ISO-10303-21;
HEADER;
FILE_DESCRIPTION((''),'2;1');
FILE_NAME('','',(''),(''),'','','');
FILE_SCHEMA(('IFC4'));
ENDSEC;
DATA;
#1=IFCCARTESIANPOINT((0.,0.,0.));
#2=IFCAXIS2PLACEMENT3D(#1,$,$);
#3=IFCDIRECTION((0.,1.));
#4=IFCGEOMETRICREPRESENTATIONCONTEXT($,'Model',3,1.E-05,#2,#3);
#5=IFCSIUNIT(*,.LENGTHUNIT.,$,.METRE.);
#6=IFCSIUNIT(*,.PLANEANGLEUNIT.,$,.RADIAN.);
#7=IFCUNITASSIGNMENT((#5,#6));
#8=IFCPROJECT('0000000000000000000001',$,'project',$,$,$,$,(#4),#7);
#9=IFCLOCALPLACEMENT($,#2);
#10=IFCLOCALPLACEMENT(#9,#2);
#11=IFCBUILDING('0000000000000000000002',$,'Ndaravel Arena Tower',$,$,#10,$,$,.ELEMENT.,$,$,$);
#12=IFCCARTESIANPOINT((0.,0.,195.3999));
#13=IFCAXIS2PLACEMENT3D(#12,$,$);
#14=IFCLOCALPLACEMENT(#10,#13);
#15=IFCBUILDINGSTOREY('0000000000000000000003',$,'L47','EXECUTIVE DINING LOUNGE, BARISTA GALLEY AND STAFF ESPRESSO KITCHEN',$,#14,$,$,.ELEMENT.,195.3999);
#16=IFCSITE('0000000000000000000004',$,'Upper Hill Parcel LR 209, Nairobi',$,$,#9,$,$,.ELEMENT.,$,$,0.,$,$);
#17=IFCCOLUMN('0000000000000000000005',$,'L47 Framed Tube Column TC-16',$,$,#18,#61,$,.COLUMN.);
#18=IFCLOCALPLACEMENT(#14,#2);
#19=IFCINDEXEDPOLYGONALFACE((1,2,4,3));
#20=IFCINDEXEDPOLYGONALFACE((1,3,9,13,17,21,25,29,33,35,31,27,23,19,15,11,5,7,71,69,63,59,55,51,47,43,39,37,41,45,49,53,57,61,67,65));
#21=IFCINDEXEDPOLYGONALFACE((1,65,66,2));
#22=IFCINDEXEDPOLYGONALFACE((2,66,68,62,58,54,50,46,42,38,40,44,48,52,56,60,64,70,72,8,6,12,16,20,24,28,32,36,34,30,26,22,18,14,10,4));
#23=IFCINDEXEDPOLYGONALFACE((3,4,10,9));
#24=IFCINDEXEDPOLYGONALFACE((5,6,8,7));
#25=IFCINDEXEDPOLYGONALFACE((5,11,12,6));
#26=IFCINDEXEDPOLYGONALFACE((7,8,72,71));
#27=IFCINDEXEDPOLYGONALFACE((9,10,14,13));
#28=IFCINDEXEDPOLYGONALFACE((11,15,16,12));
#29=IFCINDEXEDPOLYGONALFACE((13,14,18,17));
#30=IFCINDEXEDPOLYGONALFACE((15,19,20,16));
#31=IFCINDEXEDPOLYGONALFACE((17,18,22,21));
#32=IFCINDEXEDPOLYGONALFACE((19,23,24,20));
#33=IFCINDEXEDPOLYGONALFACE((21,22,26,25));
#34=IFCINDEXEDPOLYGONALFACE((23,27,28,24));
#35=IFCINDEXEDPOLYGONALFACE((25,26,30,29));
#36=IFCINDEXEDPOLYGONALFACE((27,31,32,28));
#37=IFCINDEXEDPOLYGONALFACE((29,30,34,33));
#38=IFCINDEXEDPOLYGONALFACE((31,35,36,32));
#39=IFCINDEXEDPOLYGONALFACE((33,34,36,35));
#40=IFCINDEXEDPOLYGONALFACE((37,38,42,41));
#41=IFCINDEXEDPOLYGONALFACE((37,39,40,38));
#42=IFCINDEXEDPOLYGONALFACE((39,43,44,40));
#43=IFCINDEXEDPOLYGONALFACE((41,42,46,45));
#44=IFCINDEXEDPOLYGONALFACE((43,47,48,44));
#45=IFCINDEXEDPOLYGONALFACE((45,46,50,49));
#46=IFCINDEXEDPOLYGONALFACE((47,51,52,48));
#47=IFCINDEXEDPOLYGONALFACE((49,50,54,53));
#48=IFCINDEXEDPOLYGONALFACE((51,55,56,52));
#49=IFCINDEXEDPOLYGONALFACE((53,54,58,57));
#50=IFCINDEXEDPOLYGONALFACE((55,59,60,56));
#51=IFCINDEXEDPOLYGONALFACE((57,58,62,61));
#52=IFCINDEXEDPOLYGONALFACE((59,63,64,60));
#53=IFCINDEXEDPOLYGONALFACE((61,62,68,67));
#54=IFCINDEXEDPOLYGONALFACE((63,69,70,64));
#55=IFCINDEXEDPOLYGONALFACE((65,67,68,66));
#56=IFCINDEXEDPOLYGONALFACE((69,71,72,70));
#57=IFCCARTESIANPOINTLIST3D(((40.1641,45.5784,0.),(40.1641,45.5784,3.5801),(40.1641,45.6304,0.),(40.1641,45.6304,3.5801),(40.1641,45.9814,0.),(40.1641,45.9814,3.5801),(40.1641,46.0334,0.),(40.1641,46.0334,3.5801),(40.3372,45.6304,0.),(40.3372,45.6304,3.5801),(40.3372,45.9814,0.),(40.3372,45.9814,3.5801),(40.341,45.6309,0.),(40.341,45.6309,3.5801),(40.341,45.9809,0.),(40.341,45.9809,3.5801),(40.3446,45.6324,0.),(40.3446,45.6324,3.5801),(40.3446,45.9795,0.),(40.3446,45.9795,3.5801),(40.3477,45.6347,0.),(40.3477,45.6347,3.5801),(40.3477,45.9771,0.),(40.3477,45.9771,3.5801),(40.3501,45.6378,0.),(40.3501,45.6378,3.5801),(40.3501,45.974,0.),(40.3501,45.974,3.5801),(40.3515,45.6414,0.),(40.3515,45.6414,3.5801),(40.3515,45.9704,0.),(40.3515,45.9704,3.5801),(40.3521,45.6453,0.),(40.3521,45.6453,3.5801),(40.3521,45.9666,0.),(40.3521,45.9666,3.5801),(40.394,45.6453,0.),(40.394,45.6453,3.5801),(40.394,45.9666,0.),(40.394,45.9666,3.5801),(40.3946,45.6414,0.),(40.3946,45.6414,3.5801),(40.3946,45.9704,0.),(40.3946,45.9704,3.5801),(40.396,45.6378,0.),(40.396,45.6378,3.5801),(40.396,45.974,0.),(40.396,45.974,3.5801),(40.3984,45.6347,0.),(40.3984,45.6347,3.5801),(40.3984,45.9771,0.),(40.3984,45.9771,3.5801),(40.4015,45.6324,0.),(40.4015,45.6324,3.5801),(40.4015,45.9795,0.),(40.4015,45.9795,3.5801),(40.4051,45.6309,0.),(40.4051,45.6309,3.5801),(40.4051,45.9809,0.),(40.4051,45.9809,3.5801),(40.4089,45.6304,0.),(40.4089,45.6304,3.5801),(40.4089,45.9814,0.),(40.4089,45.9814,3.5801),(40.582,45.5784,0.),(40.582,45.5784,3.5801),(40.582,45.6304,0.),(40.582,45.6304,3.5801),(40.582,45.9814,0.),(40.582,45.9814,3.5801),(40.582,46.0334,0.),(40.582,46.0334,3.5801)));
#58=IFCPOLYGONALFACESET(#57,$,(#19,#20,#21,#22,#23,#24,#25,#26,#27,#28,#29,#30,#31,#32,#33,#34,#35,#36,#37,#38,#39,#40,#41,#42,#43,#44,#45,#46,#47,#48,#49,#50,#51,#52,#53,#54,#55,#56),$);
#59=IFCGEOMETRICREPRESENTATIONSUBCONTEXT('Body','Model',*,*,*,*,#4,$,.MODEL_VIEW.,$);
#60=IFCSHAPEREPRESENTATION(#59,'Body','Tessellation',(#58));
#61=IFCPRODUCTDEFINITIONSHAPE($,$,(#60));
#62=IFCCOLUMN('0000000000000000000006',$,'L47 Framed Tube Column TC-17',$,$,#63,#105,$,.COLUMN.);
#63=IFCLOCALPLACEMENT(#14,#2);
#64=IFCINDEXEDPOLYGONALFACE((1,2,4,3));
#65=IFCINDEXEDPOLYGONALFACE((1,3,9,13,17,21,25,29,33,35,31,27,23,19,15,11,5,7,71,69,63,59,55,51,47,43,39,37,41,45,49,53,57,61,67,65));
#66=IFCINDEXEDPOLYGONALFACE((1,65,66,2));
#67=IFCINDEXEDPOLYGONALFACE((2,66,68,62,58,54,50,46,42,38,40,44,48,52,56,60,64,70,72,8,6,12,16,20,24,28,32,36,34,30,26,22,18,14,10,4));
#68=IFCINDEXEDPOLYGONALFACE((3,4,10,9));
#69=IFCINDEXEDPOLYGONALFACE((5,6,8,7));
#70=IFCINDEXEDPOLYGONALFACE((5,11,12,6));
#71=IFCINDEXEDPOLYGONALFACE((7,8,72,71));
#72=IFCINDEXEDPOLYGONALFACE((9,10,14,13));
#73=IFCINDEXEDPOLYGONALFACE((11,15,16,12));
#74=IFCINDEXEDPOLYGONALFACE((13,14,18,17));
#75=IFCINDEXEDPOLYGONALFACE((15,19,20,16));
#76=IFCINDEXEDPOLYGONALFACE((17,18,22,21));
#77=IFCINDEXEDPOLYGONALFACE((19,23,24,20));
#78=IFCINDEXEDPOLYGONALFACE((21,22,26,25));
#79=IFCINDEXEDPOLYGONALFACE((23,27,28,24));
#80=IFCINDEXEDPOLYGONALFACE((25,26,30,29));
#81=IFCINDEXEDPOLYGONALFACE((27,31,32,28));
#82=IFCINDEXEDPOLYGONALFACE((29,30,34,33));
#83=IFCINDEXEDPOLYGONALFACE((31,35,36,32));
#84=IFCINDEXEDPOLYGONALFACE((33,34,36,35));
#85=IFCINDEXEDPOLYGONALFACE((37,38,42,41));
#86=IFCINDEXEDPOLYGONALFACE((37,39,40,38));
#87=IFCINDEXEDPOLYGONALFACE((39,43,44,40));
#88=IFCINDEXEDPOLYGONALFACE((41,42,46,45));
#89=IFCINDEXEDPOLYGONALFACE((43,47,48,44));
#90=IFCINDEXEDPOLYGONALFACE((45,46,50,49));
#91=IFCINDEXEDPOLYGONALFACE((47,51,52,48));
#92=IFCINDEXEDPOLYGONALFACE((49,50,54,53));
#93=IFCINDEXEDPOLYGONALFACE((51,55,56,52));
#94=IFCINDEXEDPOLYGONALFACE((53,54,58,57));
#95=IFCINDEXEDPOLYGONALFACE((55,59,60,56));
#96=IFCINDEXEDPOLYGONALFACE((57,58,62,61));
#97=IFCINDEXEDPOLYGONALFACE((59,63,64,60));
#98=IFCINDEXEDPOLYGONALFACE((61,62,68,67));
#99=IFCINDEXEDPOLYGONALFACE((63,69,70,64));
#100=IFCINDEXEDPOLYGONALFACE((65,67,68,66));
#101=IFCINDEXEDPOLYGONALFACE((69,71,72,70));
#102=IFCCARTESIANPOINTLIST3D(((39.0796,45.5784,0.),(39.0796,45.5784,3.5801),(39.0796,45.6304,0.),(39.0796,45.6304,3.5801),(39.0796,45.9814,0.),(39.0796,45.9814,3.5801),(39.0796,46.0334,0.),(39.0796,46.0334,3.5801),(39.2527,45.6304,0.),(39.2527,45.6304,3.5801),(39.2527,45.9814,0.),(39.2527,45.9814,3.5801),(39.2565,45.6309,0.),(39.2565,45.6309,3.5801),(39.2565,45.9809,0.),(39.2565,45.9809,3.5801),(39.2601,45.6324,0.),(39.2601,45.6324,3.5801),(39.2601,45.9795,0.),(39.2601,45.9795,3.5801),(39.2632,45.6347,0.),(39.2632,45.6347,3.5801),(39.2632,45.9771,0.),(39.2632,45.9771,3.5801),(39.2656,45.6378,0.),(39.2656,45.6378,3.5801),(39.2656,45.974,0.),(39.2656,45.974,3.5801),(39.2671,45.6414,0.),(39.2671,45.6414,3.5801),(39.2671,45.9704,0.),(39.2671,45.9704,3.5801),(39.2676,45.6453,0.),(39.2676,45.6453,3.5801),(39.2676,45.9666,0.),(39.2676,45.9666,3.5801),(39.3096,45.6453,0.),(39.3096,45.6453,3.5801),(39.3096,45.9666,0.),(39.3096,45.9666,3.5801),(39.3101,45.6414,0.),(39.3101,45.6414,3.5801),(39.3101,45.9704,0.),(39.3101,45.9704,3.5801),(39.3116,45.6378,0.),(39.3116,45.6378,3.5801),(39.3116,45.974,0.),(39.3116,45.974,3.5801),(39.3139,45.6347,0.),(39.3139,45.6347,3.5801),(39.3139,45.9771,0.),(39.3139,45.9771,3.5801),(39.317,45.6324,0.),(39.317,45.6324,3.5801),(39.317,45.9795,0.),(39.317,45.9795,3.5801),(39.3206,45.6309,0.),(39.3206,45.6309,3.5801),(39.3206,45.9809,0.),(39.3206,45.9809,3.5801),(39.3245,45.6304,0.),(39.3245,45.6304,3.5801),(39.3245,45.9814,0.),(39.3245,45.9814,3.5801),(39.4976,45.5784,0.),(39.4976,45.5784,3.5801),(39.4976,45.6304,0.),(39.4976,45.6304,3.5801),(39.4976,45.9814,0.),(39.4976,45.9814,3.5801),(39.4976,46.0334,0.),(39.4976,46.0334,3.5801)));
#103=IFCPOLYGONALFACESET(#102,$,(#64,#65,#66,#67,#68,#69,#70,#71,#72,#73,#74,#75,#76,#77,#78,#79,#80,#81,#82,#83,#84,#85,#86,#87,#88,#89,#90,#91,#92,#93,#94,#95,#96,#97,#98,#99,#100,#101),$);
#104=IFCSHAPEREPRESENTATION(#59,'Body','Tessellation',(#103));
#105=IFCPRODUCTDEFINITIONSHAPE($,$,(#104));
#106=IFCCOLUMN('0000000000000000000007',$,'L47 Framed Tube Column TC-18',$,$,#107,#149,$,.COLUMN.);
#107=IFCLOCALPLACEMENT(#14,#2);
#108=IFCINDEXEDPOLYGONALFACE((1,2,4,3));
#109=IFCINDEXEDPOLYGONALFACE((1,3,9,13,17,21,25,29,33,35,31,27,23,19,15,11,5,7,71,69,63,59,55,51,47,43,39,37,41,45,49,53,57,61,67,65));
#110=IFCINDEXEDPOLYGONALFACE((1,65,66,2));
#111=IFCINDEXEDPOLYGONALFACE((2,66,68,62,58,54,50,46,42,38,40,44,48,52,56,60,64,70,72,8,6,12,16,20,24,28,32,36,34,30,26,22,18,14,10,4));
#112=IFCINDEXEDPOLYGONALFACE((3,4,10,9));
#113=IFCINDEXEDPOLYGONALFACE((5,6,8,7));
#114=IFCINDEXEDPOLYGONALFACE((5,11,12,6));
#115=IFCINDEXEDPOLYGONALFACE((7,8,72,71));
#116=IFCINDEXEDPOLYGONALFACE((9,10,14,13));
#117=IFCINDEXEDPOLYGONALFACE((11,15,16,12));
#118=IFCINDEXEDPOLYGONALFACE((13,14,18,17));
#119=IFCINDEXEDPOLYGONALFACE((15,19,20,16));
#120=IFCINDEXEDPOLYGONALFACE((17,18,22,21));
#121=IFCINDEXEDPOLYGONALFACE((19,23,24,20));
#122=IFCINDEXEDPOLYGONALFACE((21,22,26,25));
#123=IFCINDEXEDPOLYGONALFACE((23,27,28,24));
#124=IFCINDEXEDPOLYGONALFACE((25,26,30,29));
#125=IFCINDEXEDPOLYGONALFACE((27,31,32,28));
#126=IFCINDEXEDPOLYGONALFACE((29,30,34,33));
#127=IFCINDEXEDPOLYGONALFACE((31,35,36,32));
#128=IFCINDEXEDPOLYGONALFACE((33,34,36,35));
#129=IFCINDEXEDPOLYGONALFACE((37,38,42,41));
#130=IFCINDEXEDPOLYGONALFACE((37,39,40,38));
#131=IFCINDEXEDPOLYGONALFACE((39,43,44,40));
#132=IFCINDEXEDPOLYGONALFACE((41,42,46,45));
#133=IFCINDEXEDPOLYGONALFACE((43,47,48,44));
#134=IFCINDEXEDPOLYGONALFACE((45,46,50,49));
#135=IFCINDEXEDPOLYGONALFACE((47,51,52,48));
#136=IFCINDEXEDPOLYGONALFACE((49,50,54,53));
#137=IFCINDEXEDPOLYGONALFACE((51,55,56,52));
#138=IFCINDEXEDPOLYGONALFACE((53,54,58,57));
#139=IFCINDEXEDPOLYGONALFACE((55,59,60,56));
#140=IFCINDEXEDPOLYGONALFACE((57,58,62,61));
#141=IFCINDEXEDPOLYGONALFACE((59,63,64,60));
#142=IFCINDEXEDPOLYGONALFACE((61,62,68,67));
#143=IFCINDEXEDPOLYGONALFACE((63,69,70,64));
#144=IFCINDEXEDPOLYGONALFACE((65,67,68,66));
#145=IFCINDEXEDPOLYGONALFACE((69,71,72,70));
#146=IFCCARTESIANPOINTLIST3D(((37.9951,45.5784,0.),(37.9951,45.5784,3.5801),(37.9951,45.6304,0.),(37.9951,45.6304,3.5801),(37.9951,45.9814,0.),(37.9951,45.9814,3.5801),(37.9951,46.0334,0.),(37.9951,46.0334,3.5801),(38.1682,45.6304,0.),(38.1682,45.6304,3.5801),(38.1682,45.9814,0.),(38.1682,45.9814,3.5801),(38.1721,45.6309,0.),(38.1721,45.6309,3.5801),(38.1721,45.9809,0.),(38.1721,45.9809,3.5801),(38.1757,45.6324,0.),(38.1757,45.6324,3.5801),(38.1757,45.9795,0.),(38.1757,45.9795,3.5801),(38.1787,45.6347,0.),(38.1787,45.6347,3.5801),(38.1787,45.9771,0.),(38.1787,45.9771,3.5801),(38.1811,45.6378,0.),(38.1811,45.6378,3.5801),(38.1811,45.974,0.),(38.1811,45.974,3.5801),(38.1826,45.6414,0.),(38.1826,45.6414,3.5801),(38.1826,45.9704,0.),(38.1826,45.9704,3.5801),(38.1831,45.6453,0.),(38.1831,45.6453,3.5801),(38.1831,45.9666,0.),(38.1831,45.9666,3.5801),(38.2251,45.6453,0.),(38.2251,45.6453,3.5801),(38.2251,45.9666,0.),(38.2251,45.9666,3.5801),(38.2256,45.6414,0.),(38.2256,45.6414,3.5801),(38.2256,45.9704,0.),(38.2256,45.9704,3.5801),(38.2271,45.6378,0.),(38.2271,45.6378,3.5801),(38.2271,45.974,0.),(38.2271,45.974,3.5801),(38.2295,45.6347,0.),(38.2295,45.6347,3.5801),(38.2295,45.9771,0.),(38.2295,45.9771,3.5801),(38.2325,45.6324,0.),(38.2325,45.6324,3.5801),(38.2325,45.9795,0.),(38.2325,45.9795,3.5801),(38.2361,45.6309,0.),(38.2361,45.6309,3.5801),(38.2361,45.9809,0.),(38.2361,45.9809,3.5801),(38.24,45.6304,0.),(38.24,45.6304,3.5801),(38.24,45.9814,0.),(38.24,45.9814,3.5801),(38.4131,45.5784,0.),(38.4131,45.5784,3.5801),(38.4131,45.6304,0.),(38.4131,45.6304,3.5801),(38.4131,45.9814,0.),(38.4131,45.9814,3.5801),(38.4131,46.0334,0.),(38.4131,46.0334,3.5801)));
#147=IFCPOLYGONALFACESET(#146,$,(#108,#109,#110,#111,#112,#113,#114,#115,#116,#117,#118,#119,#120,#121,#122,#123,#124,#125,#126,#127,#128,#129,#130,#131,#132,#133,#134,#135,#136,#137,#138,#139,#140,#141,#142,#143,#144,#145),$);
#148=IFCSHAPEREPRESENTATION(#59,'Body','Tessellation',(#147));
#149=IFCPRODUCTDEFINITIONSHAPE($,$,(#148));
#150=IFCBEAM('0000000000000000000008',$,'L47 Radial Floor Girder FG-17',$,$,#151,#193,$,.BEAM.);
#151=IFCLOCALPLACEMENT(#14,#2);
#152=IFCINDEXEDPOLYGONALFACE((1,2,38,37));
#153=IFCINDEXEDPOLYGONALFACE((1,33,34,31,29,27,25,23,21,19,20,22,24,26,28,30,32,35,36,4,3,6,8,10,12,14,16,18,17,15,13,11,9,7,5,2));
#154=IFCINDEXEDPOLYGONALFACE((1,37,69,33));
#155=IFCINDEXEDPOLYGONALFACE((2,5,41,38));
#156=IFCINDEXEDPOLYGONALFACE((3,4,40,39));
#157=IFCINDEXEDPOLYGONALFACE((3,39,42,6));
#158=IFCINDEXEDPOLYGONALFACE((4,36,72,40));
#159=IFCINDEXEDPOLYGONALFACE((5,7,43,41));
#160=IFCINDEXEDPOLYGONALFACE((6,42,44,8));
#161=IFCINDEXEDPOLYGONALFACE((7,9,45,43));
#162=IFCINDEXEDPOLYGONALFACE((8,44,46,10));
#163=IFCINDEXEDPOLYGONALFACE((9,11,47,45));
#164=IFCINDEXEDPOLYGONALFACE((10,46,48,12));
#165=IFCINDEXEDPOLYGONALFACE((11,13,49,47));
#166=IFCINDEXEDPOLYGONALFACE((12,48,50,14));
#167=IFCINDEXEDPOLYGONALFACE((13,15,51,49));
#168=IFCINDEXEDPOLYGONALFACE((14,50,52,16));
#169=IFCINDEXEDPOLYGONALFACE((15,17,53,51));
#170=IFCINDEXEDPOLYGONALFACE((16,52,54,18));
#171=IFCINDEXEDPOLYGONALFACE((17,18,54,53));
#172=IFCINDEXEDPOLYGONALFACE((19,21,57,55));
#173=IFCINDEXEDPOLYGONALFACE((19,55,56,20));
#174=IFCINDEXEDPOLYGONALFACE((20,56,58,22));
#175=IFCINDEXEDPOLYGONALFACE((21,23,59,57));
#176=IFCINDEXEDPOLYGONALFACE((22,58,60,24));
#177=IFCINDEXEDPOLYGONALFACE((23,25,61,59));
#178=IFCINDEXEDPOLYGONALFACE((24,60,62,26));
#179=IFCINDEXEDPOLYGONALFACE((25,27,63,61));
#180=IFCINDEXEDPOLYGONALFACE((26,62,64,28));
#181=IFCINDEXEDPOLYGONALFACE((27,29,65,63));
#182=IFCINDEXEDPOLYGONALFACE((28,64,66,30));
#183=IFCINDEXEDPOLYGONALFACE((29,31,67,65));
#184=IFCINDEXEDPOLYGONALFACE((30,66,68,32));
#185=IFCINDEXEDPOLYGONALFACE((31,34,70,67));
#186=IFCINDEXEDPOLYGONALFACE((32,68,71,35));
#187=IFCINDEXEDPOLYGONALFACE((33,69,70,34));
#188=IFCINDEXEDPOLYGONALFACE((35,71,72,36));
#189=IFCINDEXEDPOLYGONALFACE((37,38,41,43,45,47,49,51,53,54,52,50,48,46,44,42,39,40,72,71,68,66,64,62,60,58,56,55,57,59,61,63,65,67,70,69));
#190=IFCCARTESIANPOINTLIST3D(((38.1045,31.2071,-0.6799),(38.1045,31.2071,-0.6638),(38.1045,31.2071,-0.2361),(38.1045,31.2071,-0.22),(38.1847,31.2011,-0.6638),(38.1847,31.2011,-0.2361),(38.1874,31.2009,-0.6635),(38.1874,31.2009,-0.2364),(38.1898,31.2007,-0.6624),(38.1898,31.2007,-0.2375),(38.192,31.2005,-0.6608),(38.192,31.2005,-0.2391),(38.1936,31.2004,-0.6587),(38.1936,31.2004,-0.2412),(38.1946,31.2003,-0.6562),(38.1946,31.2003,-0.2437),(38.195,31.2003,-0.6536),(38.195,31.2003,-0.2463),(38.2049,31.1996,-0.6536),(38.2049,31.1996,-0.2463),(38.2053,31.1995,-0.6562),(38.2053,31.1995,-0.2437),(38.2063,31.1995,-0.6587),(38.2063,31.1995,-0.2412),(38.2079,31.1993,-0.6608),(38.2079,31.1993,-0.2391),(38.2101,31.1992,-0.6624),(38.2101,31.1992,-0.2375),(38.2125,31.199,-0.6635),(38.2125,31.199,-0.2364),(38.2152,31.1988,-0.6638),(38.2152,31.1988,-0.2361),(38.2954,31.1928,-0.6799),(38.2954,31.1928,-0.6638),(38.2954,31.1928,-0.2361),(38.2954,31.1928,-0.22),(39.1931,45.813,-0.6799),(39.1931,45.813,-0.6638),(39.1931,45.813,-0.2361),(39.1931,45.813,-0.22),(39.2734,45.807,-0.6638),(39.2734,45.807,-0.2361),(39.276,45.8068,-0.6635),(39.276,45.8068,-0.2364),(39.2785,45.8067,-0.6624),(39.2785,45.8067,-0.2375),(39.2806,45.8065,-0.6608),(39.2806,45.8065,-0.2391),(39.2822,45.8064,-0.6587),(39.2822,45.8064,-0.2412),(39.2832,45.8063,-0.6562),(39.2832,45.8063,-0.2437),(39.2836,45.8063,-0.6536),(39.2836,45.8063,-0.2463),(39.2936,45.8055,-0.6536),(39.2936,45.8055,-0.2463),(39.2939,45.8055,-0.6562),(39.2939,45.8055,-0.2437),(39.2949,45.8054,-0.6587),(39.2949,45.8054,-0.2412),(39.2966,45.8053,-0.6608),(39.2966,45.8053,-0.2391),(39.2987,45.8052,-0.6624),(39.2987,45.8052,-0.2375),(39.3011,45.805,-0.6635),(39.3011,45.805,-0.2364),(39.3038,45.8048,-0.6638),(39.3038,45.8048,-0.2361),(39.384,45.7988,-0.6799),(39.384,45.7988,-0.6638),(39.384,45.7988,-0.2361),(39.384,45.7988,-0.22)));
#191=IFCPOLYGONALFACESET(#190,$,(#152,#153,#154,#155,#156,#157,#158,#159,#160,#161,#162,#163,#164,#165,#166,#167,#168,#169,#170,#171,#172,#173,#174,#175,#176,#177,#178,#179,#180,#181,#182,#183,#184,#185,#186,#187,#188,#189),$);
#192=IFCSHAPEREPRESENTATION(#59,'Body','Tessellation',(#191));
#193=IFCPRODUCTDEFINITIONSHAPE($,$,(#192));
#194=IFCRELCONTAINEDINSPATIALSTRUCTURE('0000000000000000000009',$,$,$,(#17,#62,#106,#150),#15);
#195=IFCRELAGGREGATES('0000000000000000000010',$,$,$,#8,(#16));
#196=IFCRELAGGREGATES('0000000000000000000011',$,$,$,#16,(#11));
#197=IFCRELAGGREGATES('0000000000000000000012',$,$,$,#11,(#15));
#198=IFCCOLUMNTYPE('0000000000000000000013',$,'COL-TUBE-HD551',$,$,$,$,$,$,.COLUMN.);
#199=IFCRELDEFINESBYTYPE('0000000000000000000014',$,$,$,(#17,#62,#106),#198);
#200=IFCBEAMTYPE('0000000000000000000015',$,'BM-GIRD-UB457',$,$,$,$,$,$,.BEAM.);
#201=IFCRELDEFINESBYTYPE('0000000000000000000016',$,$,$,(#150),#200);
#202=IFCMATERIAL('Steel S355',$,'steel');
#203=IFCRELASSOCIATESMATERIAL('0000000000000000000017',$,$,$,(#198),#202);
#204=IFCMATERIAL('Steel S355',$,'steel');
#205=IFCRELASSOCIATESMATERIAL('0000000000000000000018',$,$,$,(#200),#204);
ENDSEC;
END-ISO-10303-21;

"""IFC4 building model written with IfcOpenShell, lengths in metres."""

from ifc_helpers import new_model, si_unit, direction, frame, origin, origin_2d, place, context, subcontext, project, spatial, i_section, extrude, material, material_profile, profile_set, type_object, element, save


model = new_model("IFC4")

# Units and contexts
model_context = context("Model", 3, precision=1e-05, world=origin(), true_north=direction((0.0, 1.0)))
body_context = subcontext(model_context, "Body", "Model", "MODEL_VIEW")
ifc_project = project(units=[si_unit("LENGTHUNIT", "METRE"), si_unit("PLANEANGLEUNIT", "RADIAN")], contexts=[model_context])

# Site, building, storey
site_placement = place(None, origin())
site = spatial("IfcSite", under=ifc_project, at=site_placement, Name="Upper Hill Parcel LR 209, Nairobi", CompositionType="ELEMENT", RefElevation=0.0)
building_placement = place(site_placement, origin())
building = spatial("IfcBuilding", under=site, at=building_placement, Name="Ndaravel Arena Tower", CompositionType="ELEMENT")
storey_placement = place(building_placement, frame((0.0, 0.0, 195.3999)))
storey = spatial("IfcBuildingStorey", under=building, at=storey_placement, Name="L47", Description="EXECUTIVE DINING LOUNGE, BARISTA GALLEY AND STAFF ESPRESSO KITCHEN", CompositionType="ELEMENT", Elevation=195.3999)

# Columns
ifc_material_1 = material(Name="Steel S355", Category="steel")
ifc_material_profile_1 = material_profile(ifc_material_1, i_section(OverallWidth=0.418, OverallDepth=0.4551, WebThickness=0.042, FlangeThickness=0.052, FilletRadius=0.0149, at=origin_2d()), Name="HD 400x551")
ifc_profile_set_1 = profile_set([ifc_material_profile_1], Name="Steel S355")
column_type = type_object("IfcColumnType", Name="COL-TUBE-HD551", PredefinedType="COLUMN", material=ifc_profile_set_1)
for number, where, z_axis, x_axis, name in (
    (1, (40.373, 45.8059, 0.0), (0.0, 0.0, 1.0), (1.0, 0.0, 0.0), "L47 Framed Tube Column TC-16"),
    (2, (39.2886, 45.8059, 0.0), (0.0, 0.0, 1.0), (1.0, 0.0, 0.0), "L47 Framed Tube Column TC-17"),
    (3, (38.2041, 45.8059, 0.0), (0.0, 0.0, 1.0), (1.0, 0.0, 0.0), "L47 Framed Tube Column TC-18"),
):
    element("IfcColumn", number, at=place(storey_placement, frame(where, z_axis=z_axis, x_axis=x_axis)), inside=storey, type_object=column_type, Name=name, PredefinedType="COLUMN", context=body_context, shape_type="SweptSolid", body=[
        extrude(i_section(OverallWidth=0.418, OverallDepth=0.4551, WebThickness=0.042, FlangeThickness=0.052, FilletRadius=0.0149, at=origin_2d()), origin(), (0.0, 0.0, 1.0), 3.5801),
    ])

# Beam
ifc_material_2 = material(Name="Steel S355", Category="steel")
ifc_material_profile_2 = material_profile(ifc_material_2, i_section(OverallWidth=0.1914, OverallDepth=0.46, WebThickness=0.01, FlangeThickness=0.0161, FilletRadius=0.0103, at=origin_2d()), Name="UB 457x191x82")
ifc_profile_set_2 = profile_set([ifc_material_profile_2], Name="Steel S355")
beam_type_1 = type_object("IfcBeamType", Name="BM-GIRD-UB457", PredefinedType="BEAM", material=ifc_profile_set_2)
beam_1_placement = place(storey_placement, frame((39.2886, 45.8059, -0.45), z_axis=(-0.074327, -0.997234, 0.0), x_axis=(0.997234, -0.074327, 0.0)))
element("IfcBeam", 4, at=beam_1_placement, inside=storey, type_object=beam_type_1, Name="L47 Radial Floor Girder FG-17", PredefinedType="BEAM", context=body_context, shape_type="SweptSolid", body=[
    extrude(i_section(OverallWidth=0.1914, OverallDepth=0.46, WebThickness=0.01, FlangeThickness=0.0161, FilletRadius=0.0103, at=origin_2d()), origin(), (0.0, 0.0, 1.0), 14.6465),
])

save(model, "model.ifc")
